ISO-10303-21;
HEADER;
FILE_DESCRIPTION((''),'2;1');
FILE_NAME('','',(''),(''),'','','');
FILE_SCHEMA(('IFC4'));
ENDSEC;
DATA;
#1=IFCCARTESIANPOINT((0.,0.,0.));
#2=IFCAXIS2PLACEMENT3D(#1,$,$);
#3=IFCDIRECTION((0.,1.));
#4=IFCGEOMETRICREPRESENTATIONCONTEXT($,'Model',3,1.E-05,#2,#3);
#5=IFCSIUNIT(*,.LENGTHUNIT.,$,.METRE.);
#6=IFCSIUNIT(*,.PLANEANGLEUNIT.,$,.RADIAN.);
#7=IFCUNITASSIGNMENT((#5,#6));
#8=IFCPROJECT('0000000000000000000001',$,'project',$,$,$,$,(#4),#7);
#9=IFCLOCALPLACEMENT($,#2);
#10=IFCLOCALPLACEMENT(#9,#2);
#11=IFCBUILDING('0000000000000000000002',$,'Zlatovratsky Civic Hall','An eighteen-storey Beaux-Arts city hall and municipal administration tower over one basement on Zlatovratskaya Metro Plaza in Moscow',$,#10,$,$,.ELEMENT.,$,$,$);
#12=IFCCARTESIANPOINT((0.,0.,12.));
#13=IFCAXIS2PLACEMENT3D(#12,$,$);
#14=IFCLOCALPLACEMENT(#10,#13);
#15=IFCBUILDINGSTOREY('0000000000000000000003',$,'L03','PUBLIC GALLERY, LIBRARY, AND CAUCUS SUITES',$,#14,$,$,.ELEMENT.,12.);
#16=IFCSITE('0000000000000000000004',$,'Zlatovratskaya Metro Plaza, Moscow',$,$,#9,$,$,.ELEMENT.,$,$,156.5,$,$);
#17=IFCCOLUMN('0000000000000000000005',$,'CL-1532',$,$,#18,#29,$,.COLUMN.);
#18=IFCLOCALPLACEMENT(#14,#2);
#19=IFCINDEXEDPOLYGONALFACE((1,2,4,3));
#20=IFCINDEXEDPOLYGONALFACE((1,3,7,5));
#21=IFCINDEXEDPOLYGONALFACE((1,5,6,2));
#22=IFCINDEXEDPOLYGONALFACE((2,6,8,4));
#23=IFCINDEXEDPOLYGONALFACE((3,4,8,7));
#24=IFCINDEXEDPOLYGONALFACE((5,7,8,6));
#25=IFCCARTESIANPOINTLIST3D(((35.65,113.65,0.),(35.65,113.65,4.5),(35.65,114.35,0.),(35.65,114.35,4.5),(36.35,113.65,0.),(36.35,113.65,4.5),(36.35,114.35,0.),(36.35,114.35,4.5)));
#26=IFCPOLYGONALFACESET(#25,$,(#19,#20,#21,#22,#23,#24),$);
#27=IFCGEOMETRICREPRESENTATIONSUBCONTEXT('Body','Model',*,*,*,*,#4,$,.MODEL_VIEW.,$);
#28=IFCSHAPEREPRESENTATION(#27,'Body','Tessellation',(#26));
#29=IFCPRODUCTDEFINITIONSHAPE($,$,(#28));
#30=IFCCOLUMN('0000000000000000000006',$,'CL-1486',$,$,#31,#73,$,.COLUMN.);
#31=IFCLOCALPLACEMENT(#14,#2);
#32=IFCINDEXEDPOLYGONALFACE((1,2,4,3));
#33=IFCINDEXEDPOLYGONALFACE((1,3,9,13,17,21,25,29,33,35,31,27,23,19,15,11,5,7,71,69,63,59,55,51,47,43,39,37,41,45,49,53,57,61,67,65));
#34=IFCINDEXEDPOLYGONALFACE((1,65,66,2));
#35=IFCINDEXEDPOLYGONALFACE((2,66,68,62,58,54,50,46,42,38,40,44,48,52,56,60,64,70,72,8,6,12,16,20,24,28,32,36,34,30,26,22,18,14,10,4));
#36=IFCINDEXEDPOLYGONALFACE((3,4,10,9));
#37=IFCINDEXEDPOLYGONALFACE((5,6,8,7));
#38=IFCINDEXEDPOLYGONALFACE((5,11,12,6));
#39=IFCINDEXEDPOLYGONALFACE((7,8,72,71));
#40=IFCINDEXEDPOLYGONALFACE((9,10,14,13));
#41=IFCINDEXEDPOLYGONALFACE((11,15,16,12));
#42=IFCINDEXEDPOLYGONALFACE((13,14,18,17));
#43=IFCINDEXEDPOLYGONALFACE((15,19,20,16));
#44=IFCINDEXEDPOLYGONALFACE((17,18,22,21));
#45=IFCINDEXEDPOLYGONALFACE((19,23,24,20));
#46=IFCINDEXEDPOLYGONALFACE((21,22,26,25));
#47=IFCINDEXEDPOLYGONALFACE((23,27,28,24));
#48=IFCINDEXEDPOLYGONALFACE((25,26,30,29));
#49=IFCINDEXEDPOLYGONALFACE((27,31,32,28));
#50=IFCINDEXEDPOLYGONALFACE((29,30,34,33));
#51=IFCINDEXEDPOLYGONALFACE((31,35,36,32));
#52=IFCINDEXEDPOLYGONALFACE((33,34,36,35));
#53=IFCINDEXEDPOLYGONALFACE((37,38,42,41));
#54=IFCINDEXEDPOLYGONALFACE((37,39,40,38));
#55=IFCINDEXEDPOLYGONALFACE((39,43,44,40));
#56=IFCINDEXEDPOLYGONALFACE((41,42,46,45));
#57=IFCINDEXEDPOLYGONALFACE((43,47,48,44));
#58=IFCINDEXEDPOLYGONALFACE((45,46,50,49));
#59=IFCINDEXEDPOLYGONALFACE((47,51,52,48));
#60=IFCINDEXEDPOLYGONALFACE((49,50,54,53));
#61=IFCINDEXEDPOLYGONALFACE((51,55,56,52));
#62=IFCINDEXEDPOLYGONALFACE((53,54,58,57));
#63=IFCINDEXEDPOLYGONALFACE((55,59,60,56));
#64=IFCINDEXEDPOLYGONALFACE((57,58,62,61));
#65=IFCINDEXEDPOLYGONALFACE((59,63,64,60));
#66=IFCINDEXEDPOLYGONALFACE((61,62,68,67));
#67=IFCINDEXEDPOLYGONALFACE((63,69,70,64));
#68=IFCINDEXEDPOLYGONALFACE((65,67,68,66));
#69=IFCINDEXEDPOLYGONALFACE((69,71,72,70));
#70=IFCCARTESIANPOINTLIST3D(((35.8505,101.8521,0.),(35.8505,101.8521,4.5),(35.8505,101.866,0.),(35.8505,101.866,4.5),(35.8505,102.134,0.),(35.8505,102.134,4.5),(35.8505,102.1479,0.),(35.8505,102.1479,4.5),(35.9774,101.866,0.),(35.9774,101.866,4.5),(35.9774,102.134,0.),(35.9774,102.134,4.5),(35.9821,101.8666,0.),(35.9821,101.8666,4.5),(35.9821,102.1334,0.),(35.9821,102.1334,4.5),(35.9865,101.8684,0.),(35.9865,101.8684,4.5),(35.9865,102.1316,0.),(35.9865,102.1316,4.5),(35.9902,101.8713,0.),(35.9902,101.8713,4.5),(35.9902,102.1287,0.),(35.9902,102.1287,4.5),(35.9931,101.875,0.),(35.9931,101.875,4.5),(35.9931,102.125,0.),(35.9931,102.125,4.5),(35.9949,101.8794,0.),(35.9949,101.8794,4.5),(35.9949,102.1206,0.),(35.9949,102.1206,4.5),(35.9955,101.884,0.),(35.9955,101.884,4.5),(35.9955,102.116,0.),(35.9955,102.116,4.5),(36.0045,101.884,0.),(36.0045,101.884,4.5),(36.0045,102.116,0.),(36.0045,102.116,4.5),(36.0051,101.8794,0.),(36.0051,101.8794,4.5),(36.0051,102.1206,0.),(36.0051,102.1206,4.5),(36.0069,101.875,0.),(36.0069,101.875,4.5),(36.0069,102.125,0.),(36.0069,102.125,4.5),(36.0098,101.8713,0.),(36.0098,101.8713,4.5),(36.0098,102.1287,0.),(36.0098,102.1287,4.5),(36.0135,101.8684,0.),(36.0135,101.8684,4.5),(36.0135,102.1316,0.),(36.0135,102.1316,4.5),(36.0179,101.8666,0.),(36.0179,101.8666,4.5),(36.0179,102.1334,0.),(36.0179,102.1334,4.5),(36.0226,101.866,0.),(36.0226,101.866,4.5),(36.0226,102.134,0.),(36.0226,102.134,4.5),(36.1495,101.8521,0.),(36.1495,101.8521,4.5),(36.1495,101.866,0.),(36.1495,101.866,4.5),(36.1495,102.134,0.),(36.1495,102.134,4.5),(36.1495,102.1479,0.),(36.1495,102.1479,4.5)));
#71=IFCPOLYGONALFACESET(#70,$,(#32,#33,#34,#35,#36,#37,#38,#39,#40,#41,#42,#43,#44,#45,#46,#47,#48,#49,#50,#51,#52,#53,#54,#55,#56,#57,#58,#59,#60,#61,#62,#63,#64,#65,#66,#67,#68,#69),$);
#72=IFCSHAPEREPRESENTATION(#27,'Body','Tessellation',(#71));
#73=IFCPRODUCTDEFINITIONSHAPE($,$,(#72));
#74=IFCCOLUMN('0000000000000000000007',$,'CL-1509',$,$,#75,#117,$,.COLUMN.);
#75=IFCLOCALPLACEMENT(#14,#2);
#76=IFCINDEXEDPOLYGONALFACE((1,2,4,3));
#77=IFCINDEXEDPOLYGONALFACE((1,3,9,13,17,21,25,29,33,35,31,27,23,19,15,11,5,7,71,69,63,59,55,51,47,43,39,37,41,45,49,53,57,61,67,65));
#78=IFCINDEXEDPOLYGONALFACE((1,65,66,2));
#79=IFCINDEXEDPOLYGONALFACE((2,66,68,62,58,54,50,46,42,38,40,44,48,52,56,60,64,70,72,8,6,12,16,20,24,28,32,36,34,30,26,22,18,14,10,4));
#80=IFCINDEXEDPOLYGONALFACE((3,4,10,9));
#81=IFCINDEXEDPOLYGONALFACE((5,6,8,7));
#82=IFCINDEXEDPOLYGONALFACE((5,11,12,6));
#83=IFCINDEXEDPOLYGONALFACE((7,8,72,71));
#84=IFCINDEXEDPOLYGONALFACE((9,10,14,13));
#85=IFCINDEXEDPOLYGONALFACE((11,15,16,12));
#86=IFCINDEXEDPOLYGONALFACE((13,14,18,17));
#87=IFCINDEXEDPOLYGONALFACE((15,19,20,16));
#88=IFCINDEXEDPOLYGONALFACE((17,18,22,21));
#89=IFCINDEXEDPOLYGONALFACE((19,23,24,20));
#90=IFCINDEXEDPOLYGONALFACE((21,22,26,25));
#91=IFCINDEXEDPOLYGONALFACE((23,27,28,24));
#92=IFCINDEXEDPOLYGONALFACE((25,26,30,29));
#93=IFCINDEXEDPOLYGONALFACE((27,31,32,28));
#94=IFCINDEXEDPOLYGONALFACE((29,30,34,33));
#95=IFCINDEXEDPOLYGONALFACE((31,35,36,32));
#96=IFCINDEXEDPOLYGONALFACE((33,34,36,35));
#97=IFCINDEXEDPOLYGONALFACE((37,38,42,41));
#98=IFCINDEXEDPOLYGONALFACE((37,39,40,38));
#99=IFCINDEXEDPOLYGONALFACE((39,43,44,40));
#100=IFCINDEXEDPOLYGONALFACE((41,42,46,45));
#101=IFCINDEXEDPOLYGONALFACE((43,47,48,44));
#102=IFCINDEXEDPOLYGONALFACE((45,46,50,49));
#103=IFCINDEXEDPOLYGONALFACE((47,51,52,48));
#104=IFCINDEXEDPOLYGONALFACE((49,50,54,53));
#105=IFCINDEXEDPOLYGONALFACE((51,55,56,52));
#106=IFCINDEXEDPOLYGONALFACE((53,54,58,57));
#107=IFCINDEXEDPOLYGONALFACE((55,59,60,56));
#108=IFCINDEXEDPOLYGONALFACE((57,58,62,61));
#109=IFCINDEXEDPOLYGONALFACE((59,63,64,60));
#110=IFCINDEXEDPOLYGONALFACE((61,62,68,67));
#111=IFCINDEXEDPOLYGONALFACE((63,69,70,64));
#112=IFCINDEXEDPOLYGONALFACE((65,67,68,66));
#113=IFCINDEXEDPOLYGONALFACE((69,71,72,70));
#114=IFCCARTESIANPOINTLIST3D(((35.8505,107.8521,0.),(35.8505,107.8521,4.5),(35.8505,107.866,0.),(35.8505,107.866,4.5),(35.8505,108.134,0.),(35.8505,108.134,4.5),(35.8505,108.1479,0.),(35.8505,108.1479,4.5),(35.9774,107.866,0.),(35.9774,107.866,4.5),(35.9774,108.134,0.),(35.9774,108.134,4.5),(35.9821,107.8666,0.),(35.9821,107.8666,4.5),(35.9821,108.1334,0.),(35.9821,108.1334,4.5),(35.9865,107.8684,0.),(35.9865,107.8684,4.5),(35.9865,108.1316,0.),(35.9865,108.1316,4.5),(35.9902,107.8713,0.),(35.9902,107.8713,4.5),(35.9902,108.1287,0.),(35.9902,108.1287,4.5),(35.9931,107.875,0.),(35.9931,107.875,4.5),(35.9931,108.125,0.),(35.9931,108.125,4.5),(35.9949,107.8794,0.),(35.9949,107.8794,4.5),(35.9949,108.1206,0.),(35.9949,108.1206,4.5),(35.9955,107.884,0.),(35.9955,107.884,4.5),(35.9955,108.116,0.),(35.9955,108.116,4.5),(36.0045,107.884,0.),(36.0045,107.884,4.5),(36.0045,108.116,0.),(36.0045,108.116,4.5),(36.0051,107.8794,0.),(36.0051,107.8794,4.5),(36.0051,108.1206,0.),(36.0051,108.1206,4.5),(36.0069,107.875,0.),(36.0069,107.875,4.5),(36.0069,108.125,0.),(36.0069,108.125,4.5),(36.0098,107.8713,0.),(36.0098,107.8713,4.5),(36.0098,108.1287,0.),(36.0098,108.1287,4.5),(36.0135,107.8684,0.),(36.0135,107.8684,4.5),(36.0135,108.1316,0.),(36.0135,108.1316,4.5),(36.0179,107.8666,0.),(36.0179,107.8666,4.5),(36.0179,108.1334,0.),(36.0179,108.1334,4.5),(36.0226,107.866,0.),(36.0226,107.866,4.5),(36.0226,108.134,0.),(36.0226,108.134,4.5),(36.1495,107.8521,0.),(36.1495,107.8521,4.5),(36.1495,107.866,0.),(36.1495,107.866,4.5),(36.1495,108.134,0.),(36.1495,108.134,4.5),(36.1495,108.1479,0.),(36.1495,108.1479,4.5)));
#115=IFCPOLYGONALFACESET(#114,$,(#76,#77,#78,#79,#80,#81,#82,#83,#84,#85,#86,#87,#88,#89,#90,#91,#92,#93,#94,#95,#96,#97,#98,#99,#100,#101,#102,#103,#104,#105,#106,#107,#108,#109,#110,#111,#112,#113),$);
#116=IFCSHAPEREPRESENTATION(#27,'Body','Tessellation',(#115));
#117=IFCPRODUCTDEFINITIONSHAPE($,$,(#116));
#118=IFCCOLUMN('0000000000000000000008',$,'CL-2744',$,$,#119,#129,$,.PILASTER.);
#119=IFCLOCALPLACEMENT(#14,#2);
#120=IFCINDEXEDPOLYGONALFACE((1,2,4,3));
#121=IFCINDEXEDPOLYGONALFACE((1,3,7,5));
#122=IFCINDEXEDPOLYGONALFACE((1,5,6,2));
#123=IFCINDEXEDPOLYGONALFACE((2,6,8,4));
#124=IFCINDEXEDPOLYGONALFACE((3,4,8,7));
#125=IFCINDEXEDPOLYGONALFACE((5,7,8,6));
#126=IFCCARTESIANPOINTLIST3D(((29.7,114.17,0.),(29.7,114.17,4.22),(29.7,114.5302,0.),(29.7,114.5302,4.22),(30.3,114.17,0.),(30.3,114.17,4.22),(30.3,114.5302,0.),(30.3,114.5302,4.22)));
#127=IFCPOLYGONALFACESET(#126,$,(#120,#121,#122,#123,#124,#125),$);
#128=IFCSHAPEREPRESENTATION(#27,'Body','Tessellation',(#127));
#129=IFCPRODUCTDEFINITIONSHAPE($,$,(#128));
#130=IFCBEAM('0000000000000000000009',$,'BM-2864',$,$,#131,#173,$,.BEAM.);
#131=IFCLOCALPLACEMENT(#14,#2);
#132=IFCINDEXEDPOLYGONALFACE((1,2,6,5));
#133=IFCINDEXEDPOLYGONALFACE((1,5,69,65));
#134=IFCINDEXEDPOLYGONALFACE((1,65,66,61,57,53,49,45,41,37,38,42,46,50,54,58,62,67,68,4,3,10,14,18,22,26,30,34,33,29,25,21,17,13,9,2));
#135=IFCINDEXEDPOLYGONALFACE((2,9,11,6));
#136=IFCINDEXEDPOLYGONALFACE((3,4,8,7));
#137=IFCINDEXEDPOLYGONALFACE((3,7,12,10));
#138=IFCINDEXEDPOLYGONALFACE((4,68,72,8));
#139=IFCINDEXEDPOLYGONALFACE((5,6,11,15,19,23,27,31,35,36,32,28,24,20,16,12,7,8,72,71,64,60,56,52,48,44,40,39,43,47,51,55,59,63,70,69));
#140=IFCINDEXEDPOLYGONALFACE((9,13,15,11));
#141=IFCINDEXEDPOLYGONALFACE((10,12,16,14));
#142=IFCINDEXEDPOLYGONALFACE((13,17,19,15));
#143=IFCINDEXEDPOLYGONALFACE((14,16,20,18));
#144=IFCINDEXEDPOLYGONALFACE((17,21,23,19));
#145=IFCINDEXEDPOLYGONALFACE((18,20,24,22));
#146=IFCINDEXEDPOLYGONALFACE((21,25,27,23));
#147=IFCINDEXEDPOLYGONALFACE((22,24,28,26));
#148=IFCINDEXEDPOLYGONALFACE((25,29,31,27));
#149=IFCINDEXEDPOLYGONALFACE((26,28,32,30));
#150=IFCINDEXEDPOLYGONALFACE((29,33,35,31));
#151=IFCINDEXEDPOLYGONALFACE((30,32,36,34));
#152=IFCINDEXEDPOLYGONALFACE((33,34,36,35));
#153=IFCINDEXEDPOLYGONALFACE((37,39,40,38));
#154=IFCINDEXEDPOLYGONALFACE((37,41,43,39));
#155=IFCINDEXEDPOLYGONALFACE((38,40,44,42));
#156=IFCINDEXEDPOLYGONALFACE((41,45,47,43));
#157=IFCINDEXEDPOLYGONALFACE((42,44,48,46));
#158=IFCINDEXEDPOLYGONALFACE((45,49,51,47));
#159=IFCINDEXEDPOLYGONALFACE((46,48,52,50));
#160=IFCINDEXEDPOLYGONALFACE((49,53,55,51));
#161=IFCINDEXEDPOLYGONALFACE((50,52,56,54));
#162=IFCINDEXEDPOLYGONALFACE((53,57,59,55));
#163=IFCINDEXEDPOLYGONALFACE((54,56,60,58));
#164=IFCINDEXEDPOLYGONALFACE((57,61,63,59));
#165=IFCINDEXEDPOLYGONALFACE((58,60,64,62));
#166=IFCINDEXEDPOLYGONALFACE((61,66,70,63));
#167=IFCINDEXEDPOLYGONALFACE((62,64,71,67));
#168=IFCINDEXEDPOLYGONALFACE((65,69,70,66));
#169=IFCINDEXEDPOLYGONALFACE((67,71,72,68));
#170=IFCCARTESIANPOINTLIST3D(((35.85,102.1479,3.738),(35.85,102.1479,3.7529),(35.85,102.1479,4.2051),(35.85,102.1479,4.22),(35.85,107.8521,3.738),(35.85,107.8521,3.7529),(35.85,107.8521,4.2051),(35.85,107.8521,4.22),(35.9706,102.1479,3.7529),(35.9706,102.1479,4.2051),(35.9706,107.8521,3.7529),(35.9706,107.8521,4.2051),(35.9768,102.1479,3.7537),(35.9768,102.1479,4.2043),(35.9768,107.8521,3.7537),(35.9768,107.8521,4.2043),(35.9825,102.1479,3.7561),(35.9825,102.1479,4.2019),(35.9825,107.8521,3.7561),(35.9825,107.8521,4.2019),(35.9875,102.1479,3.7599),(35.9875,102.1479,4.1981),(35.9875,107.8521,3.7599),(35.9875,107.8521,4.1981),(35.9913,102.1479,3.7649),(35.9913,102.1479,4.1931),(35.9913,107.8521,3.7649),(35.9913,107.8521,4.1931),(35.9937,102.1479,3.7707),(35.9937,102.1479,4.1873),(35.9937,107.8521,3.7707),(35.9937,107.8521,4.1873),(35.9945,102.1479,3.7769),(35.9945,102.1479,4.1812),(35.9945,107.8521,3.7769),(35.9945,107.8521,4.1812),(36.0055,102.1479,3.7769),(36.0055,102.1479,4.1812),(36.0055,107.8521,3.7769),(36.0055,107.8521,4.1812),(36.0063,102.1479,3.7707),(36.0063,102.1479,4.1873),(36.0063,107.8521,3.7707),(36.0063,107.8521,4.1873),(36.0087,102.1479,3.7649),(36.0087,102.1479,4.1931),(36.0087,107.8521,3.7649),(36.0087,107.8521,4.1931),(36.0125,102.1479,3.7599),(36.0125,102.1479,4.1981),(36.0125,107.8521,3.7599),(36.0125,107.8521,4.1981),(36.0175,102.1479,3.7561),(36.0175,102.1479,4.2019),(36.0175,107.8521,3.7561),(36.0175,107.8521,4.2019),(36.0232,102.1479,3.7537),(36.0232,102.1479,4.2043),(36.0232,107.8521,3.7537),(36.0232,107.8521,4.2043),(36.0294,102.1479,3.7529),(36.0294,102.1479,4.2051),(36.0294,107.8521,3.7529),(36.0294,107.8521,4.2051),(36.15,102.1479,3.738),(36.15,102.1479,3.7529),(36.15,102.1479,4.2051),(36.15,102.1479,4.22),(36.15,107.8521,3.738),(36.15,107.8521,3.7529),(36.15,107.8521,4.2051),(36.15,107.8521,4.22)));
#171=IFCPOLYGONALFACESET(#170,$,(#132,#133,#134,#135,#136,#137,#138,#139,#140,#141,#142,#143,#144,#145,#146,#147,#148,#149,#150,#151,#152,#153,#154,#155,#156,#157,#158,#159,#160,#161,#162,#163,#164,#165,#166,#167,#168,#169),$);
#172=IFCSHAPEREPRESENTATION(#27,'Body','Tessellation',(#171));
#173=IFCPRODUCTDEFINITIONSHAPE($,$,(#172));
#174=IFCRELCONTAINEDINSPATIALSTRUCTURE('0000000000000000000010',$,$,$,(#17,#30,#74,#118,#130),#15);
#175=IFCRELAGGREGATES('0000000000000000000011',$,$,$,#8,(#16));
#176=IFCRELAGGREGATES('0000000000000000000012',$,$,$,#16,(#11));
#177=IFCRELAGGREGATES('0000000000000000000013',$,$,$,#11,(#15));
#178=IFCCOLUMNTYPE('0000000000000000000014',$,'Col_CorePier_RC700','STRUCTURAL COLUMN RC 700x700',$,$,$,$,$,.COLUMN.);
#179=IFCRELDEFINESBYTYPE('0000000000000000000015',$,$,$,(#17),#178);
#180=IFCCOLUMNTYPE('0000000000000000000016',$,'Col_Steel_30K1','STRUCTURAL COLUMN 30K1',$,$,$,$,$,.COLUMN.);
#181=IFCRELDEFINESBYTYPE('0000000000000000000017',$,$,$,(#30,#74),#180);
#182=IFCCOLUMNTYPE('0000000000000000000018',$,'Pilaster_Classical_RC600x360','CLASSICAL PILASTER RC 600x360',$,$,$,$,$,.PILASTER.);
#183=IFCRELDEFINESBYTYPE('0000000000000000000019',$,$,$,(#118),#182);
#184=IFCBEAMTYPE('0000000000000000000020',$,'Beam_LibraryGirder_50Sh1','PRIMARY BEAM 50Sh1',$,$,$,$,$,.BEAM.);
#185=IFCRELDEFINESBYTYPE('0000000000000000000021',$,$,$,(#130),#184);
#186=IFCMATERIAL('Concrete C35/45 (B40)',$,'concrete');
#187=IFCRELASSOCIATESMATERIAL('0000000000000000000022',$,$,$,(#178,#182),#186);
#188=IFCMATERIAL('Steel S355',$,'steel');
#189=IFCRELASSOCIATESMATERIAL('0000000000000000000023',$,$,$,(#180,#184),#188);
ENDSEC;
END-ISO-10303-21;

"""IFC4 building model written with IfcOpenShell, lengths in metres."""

from ifc_helpers import new_model, si_unit, direction, frame, origin, origin_2d, place, context, subcontext, project, spatial, rectangle, i_section, extrude, material, material_profile, profile_set, type_object, element, save


model = new_model("IFC4")

# Units and contexts
model_context = context("Model", 3, precision=1e-05, world=origin(), true_north=direction((0.0, 1.0)))
body_context = subcontext(model_context, "Body", "Model", "MODEL_VIEW")
ifc_project = project(units=[si_unit("LENGTHUNIT", "METRE"), si_unit("PLANEANGLEUNIT", "RADIAN")], contexts=[model_context])

# Site, building, storey
site_placement = place(None, origin())
site = spatial("IfcSite", under=ifc_project, at=site_placement, Name="Zlatovratskaya Metro Plaza, Moscow", CompositionType="ELEMENT", RefElevation=156.5)
building_placement = place(site_placement, origin())
building = spatial("IfcBuilding", under=site, at=building_placement, Name="Zlatovratsky Civic Hall", Description="An eighteen-storey Beaux-Arts city hall and municipal administration tower over one basement on Zlatovratskaya Metro Plaza in Moscow", CompositionType="ELEMENT")
storey_placement = place(building_placement, frame((0.0, 0.0, 12.0)))
storey = spatial("IfcBuildingStorey", under=building, at=storey_placement, Name="L03", Description="PUBLIC GALLERY, LIBRARY, AND CAUCUS SUITES", CompositionType="ELEMENT", Elevation=12.0)

# Columns
ifc_material_1 = material(Name="Concrete C35/45 (B40)", Category="concrete")
ifc_material_profile_1 = material_profile(ifc_material_1, rectangle(XDim=0.7, YDim=0.7, at=origin_2d()), Name="RC 700x700")
ifc_profile_set_1 = profile_set([ifc_material_profile_1], Name="Concrete C35/45 (B40)")
column_type_1 = type_object("IfcColumnType", Name="Col_CorePier_RC700", Description="STRUCTURAL COLUMN RC 700x700", PredefinedType="COLUMN", material=ifc_profile_set_1)
column_1_placement = place(storey_placement, frame((36.0, 114.0, 0.0), z_axis=(0.0, 0.0, 1.0), x_axis=(1.0, 0.0, 0.0)))
element("IfcColumn", 1, at=column_1_placement, inside=storey, type_object=column_type_1, Name="CL-1532", PredefinedType="COLUMN", context=body_context, shape_type="SweptSolid", body=[
    extrude(rectangle(XDim=0.7, YDim=0.7, at=origin_2d()), origin(), (0.0, 0.0, 1.0), 4.5),
])
ifc_material_2 = material(Name="Steel S355", Category="steel")
ifc_material_profile_2 = material_profile(ifc_material_2, i_section(OverallWidth=0.2991, OverallDepth=0.2959, WebThickness=0.009, FlangeThickness=0.0139, FilletRadius=0.0181, at=origin_2d()), Name="30K1")
ifc_profile_set_2 = profile_set([ifc_material_profile_2], Name="Steel S355")
column_type_2 = type_object("IfcColumnType", Name="Col_Steel_30K1", Description="STRUCTURAL COLUMN 30K1", PredefinedType="COLUMN", material=ifc_profile_set_2)
for number, where, z_axis, x_axis, name in (
    (2, (36.0, 102.0, 0.0), (0.0, 0.0, 1.0), (1.0, 0.0, 0.0), "CL-1486"),
    (3, (36.0, 108.0, 0.0), (0.0, 0.0, 1.0), (1.0, 0.0, 0.0), "CL-1509"),
):
    element("IfcColumn", number, at=place(storey_placement, frame(where, z_axis=z_axis, x_axis=x_axis)), inside=storey, type_object=column_type_2, Name=name, PredefinedType="COLUMN", context=body_context, shape_type="SweptSolid", body=[
        extrude(i_section(OverallWidth=0.2991, OverallDepth=0.2959, WebThickness=0.009, FlangeThickness=0.0139, FilletRadius=0.0181, at=origin_2d()), origin(), (0.0, 0.0, 1.0), 4.5),
    ])
ifc_material_profile_3 = material_profile(ifc_material_1, rectangle(XDim=0.6001, YDim=0.3601, at=origin_2d()), Name="RC 600x360")
ifc_profile_set_3 = profile_set([ifc_material_profile_3], Name="Concrete C35/45 (B40)")
column_type_3 = type_object("IfcColumnType", Name="Pilaster_Classical_RC600x360", Description="CLASSICAL PILASTER RC 600x360", PredefinedType="PILASTER", material=ifc_profile_set_3)
column_2_placement = place(storey_placement, frame((30.0, 114.3501, 0.0), z_axis=(0.0, 0.0, 1.0), x_axis=(1.0, 0.0, 0.0)))
element("IfcColumn", 4, at=column_2_placement, inside=storey, type_object=column_type_3, Name="CL-2744", PredefinedType="PILASTER", context=body_context, shape_type="SweptSolid", body=[
    extrude(rectangle(XDim=0.6001, YDim=0.3601, at=origin_2d()), origin(), (0.0, 0.0, 1.0), 4.22),
])

# Beam
ifc_material_profile_4 = material_profile(ifc_material_2, i_section(OverallWidth=0.3, OverallDepth=0.4819, WebThickness=0.011, FlangeThickness=0.0149, FilletRadius=0.0239, at=origin_2d()), Name="50Sh1")
ifc_profile_set_4 = profile_set([ifc_material_profile_4], Name="Steel S355")
beam_type_1 = type_object("IfcBeamType", Name="Beam_LibraryGirder_50Sh1", Description="PRIMARY BEAM 50Sh1", PredefinedType="BEAM", material=ifc_profile_set_4)
beam_1_placement = place(storey_placement, frame((36.0, 102.1479, 3.979), z_axis=(0.0, 1.0, 0.0), x_axis=(-1.0, 0.0, 0.0)))
element("IfcBeam", 5, at=beam_1_placement, inside=storey, type_object=beam_type_1, Name="BM-2864", PredefinedType="BEAM", context=body_context, shape_type="SweptSolid", body=[
    extrude(i_section(OverallWidth=0.3, OverallDepth=0.4819, WebThickness=0.011, FlangeThickness=0.0149, FilletRadius=0.0239, at=origin_2d()), origin(), (0.0, 0.0, 1.0), 5.7041),
])

save(model, "model.ifc")
